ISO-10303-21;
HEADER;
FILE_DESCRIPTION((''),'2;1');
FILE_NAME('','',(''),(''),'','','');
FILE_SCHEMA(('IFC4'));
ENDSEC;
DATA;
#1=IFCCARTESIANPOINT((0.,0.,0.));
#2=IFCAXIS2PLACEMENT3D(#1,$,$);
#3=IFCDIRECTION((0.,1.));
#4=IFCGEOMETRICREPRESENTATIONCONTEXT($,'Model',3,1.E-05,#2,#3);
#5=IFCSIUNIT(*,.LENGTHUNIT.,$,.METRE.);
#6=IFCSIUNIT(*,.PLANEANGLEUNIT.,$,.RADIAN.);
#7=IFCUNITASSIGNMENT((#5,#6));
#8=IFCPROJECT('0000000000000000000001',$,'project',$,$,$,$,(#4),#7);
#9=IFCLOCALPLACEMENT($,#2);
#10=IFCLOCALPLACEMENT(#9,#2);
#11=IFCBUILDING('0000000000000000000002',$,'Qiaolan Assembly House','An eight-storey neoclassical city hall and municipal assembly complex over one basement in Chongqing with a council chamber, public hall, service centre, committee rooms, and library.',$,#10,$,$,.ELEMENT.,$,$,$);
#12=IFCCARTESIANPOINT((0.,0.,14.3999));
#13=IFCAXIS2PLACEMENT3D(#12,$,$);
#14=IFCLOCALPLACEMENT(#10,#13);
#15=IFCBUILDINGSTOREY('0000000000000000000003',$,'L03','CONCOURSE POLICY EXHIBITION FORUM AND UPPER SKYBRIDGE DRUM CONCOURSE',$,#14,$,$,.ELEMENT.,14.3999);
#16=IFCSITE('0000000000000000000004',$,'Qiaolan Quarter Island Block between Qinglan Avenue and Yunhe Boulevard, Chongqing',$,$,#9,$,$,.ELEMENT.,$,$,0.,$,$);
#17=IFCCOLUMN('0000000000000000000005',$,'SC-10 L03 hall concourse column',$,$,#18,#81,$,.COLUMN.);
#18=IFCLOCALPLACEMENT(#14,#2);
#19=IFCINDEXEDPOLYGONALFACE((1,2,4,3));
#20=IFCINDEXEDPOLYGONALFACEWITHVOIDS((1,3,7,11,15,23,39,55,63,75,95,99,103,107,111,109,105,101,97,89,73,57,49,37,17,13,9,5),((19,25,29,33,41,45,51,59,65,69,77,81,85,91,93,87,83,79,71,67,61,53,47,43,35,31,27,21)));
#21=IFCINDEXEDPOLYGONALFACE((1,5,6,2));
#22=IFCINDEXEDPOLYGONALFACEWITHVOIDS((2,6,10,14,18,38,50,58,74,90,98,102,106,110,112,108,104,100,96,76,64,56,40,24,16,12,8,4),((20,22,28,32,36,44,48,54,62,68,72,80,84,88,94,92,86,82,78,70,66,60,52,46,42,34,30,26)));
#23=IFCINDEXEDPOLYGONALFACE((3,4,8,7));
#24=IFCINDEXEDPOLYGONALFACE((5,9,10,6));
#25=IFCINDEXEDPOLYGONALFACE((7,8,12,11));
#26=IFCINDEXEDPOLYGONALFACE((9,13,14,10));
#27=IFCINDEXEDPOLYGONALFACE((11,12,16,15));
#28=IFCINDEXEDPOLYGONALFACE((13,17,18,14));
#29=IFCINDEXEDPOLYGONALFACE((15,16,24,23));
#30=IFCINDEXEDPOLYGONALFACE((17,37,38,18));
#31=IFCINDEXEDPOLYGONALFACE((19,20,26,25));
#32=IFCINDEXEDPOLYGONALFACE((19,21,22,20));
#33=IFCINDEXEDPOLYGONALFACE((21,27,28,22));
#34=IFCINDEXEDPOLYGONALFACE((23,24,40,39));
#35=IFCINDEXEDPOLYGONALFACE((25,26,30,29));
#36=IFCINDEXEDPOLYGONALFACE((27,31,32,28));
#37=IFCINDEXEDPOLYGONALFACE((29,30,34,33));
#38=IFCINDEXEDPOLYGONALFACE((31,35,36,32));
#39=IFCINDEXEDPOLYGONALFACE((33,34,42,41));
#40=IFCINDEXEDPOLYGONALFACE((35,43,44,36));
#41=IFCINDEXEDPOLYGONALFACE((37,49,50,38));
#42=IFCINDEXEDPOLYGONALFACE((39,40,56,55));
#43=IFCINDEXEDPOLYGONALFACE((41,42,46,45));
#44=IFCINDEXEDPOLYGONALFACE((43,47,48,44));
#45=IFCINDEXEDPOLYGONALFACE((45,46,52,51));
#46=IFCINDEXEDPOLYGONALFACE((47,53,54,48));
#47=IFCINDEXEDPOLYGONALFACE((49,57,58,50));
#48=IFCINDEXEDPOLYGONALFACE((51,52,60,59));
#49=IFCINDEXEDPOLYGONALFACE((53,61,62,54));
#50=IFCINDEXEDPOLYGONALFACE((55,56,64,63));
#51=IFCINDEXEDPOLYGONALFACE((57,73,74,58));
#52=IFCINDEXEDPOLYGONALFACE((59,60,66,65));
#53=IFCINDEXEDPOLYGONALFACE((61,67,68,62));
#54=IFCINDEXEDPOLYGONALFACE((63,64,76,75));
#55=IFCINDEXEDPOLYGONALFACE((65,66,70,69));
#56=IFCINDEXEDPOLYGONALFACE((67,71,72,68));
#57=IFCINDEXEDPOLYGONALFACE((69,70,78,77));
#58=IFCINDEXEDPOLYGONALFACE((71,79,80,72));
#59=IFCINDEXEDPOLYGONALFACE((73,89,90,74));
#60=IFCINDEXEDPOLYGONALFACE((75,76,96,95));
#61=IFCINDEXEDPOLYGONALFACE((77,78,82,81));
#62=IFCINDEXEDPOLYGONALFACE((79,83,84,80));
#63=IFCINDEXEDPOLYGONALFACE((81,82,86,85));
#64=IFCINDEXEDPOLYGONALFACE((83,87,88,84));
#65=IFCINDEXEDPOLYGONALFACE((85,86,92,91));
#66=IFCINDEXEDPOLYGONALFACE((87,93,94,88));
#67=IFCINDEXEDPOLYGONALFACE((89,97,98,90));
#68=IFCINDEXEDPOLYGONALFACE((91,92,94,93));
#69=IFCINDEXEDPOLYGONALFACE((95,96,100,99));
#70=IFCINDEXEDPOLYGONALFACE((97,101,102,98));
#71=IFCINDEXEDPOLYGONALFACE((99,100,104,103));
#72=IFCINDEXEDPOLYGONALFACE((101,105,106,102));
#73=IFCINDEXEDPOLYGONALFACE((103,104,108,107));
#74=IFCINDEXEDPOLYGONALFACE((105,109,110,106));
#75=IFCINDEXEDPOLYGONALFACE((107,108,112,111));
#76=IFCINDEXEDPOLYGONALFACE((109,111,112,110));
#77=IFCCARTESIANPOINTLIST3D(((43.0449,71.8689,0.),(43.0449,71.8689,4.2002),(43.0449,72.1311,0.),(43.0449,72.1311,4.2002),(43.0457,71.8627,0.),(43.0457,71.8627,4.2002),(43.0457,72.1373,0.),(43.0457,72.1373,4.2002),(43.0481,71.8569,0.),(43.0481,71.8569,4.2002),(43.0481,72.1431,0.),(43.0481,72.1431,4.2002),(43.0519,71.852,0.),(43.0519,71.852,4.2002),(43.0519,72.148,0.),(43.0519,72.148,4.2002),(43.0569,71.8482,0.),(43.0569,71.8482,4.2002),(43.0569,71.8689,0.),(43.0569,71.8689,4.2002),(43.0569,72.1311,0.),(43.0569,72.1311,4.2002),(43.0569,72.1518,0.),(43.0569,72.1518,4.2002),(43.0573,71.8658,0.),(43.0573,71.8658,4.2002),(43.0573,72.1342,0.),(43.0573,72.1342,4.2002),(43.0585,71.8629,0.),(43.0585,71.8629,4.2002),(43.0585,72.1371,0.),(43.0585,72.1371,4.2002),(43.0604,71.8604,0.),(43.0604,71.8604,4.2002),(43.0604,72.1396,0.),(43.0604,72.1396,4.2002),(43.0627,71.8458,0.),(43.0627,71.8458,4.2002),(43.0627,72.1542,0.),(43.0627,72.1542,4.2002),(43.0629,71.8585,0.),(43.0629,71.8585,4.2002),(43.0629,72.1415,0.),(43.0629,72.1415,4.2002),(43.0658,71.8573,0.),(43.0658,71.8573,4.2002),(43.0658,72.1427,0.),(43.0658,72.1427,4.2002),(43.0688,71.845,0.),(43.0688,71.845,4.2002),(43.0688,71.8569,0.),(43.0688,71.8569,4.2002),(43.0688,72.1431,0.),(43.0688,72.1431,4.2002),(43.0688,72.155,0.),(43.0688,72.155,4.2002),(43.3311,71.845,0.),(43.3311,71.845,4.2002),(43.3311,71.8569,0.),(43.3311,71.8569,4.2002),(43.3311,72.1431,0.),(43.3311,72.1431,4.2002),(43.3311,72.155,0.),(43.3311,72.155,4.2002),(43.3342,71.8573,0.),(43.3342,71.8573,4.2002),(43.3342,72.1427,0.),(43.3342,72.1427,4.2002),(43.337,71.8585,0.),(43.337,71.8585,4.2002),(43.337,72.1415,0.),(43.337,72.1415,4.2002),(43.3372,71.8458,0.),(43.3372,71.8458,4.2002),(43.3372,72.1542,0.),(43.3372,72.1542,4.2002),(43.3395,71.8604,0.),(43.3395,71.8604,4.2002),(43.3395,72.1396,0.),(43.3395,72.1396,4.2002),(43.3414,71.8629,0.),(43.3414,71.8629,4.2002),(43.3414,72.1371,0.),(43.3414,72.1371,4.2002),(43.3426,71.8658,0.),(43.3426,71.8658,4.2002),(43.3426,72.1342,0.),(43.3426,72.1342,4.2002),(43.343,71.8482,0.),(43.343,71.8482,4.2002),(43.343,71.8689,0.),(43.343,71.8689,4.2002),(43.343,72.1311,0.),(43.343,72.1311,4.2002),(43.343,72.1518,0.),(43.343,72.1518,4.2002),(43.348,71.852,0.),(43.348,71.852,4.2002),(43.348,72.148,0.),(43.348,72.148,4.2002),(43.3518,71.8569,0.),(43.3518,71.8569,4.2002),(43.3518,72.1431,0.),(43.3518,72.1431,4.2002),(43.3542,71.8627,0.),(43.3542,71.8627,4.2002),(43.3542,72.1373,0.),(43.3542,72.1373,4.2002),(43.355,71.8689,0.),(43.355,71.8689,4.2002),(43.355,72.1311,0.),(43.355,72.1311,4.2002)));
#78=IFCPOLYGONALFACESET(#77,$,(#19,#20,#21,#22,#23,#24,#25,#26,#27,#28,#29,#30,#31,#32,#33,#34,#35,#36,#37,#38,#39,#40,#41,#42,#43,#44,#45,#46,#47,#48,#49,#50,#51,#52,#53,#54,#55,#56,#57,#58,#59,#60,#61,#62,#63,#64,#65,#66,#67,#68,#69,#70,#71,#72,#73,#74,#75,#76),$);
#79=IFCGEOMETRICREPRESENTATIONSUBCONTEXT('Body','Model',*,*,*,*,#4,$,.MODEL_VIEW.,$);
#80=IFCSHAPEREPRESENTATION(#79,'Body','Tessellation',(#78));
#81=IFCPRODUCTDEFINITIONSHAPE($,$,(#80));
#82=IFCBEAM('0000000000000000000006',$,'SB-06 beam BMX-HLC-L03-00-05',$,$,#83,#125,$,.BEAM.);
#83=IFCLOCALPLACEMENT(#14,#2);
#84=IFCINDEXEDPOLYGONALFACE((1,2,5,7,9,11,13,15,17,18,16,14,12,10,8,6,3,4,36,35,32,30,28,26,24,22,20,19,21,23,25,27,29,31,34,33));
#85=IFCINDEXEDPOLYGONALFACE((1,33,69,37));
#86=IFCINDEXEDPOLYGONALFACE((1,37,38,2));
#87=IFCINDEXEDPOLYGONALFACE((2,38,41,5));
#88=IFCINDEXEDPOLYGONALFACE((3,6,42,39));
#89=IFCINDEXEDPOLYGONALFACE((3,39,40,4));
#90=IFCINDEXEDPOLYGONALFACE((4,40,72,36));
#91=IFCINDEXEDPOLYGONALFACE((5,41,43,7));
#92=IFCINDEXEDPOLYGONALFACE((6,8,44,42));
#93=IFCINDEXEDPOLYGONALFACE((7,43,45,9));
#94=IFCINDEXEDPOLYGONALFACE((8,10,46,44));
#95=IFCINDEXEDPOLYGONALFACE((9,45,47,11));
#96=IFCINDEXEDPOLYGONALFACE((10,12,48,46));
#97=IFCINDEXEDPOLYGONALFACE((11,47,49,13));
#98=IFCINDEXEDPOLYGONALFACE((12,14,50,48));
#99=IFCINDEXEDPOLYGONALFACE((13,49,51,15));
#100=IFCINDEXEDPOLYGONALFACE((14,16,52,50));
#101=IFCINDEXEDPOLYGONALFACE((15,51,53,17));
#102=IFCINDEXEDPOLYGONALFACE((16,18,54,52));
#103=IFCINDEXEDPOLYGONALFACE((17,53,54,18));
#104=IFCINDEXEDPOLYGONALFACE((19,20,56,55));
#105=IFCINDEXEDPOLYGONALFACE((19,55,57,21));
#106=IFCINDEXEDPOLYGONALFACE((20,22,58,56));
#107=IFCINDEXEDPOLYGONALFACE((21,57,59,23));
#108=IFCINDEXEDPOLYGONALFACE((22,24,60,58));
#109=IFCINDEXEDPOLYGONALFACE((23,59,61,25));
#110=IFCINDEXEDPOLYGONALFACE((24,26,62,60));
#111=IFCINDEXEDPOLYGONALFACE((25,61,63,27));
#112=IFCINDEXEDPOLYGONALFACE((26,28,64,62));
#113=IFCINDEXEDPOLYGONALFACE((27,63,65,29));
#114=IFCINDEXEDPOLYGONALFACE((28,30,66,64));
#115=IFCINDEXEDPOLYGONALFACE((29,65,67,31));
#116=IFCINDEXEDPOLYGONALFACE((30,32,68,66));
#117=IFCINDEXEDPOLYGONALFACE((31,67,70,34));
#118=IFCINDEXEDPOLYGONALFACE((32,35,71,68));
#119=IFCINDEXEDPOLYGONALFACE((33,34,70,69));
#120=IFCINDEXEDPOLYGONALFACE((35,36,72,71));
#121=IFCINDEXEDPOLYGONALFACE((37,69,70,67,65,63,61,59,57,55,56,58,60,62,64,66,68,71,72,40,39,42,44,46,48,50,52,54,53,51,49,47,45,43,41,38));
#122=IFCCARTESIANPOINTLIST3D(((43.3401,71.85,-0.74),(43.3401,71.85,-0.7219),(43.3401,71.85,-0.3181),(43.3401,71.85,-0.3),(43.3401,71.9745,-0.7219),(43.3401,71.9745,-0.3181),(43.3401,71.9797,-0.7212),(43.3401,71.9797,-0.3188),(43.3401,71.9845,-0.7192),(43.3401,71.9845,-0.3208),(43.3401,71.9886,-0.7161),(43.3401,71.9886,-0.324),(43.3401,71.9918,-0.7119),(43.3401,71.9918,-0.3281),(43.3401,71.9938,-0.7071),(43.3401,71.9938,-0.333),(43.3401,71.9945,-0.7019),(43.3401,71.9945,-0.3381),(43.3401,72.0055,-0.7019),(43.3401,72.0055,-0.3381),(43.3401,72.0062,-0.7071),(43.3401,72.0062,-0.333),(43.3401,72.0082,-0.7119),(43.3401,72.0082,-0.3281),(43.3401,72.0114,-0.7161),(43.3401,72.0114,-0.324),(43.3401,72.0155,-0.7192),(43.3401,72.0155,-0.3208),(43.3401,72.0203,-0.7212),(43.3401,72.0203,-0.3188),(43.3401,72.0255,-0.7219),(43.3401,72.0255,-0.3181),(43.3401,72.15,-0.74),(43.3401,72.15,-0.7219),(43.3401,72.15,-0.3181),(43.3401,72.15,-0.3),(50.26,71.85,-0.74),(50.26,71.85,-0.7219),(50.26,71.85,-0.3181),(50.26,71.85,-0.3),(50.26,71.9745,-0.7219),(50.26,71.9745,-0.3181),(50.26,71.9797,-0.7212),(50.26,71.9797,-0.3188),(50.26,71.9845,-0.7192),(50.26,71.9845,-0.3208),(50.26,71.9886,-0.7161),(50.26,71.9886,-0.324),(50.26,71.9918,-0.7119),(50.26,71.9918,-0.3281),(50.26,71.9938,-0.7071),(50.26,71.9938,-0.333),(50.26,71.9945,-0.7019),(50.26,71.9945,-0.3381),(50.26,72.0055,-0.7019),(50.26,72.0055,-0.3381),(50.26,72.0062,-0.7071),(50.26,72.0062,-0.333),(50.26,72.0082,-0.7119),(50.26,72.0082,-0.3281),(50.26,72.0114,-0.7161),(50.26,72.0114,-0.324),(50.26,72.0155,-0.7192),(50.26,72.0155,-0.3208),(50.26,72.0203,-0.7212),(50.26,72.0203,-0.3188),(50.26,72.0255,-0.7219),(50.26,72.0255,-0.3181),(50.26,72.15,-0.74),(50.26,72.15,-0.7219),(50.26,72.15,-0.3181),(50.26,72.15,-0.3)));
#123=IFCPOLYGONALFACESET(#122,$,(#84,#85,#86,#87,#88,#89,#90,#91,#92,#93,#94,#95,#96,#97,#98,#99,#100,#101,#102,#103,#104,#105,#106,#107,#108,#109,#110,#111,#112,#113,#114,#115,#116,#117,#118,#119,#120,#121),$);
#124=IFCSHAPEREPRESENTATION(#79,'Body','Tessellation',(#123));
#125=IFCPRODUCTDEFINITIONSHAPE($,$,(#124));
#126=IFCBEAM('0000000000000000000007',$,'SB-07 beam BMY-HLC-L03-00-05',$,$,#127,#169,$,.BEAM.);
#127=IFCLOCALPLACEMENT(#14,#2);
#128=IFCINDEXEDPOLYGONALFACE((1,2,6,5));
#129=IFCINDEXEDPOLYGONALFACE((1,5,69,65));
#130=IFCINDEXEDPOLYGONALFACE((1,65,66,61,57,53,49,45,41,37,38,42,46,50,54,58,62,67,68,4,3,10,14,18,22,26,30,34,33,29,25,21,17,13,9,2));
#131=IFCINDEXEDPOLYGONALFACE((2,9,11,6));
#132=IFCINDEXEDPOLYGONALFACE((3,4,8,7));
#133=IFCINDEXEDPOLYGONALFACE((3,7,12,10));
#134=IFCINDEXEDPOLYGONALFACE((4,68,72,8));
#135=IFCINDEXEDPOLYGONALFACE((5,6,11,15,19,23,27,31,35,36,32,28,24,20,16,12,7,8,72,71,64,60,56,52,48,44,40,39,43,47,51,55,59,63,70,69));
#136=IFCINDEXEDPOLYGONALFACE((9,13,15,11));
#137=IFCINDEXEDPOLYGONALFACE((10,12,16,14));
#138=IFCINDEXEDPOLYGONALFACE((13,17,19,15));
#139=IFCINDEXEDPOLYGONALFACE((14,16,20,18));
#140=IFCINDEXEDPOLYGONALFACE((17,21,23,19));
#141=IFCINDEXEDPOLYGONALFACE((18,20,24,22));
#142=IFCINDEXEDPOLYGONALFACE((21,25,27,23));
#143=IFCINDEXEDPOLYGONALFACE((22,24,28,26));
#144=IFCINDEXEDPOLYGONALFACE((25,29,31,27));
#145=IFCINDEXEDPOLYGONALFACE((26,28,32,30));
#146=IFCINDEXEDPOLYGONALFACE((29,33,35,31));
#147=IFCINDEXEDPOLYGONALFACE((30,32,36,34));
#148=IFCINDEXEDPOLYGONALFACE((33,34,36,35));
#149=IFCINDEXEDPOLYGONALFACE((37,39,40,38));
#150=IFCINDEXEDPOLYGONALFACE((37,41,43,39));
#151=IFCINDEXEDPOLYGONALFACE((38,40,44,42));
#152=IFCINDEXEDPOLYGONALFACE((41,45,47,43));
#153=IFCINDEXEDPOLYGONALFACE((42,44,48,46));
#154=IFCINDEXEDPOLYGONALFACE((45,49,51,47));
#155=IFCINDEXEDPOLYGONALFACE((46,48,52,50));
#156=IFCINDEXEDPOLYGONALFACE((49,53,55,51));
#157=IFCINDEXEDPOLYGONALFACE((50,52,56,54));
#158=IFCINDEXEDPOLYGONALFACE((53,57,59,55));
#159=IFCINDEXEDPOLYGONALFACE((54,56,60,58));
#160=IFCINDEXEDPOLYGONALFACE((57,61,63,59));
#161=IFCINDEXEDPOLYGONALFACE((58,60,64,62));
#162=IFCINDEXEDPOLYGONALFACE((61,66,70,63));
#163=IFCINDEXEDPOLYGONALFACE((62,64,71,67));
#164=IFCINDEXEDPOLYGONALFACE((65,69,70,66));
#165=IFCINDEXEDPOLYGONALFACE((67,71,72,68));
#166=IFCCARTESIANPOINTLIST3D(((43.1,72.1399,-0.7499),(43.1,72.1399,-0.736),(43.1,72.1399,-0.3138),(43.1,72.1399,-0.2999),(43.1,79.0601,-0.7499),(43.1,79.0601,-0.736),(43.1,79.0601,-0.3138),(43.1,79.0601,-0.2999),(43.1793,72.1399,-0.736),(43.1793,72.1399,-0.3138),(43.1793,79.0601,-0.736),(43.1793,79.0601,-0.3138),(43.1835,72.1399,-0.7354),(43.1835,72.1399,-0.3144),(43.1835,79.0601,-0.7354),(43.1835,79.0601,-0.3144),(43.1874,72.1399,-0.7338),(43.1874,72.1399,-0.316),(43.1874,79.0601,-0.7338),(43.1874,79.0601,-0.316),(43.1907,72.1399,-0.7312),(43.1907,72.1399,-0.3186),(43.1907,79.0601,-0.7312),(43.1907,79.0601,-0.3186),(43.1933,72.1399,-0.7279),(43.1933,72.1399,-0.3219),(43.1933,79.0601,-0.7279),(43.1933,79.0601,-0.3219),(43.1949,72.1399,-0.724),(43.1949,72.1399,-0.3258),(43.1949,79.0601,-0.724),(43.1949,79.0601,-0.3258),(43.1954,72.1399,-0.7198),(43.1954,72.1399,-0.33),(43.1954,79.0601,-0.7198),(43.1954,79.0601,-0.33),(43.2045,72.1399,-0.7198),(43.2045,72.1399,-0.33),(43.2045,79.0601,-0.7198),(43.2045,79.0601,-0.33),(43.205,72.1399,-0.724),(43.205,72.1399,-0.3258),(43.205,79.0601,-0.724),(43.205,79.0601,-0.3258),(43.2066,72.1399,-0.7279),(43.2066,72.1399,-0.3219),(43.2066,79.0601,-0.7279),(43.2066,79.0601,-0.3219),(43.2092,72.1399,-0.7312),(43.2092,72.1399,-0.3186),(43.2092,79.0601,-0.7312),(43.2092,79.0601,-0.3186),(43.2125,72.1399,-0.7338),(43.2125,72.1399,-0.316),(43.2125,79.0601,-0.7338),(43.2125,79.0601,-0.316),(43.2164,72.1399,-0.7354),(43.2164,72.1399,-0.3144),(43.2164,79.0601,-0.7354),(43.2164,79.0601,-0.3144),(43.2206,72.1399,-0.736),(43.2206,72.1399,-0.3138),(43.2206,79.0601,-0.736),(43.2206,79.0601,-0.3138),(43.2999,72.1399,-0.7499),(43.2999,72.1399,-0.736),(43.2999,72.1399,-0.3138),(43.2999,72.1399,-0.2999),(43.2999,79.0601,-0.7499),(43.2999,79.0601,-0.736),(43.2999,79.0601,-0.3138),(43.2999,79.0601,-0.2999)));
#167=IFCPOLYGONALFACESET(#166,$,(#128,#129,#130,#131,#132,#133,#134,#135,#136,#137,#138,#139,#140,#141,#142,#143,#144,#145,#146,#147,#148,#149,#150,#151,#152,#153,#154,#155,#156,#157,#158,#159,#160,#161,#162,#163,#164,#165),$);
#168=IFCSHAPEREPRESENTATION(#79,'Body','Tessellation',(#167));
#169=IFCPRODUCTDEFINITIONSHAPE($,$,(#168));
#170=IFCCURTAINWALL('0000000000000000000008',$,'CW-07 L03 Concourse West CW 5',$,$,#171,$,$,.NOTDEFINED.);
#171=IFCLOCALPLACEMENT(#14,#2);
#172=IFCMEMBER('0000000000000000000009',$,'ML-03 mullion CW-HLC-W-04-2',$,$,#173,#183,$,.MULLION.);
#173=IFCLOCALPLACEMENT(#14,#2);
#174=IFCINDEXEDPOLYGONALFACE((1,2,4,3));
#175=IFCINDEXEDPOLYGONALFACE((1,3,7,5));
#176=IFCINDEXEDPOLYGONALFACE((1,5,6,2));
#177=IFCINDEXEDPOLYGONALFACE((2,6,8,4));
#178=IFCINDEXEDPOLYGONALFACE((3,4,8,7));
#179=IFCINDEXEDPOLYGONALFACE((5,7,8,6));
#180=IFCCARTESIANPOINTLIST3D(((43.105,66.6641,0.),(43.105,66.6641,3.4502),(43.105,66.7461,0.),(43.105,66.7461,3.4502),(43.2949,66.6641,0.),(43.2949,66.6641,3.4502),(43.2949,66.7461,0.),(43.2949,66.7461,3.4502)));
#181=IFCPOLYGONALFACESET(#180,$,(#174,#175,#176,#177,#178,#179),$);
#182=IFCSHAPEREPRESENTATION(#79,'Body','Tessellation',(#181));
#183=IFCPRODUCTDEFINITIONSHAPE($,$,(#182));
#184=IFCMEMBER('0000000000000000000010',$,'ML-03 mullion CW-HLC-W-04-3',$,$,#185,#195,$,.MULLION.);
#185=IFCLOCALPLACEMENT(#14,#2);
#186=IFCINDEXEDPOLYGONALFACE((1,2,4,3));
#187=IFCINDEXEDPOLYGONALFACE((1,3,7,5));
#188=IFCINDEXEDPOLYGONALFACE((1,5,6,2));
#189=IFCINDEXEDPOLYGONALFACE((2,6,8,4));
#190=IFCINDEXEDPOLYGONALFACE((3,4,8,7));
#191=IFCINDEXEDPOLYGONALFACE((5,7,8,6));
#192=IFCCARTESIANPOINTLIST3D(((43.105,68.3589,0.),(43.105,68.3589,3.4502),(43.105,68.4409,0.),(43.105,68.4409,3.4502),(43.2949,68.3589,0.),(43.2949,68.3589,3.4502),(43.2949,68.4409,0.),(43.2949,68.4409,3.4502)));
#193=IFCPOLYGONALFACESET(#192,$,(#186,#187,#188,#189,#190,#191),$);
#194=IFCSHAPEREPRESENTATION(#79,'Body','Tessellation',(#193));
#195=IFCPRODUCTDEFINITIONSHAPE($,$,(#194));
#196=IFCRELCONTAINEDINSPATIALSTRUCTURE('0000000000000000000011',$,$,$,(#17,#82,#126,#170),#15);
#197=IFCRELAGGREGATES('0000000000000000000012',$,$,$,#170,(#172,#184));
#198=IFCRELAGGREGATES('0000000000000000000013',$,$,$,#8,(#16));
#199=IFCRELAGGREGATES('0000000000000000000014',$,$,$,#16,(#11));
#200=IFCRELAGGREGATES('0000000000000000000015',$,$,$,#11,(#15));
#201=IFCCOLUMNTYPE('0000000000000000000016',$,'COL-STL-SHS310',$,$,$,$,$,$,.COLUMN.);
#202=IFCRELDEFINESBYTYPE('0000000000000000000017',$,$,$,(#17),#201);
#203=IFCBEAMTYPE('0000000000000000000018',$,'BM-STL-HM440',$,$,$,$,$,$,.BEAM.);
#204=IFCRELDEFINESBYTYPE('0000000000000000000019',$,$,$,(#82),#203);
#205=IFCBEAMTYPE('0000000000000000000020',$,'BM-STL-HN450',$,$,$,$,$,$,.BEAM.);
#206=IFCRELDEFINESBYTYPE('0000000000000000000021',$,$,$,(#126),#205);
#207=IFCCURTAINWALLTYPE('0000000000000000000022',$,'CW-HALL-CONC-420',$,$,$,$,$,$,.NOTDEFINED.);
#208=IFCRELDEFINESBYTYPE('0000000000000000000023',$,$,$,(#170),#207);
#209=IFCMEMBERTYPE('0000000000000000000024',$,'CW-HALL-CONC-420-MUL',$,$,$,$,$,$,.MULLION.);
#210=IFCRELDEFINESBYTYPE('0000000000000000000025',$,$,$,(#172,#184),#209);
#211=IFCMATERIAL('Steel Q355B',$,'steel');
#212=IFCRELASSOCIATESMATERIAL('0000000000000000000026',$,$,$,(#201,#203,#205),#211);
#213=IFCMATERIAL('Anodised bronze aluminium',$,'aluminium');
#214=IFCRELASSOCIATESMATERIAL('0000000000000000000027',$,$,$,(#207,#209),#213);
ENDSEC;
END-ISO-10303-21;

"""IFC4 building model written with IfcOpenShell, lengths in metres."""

from ifc_helpers import new_model, si_unit, direction, frame, origin, origin_2d, place, context, subcontext, project, spatial, rectangle, hollow_rectangle, i_section, extrude, material, material_profile, profile_set, type_object, element, aggregate, save


model = new_model("IFC4")

# Units and contexts
model_context = context("Model", 3, precision=1e-05, world=origin(), true_north=direction((0.0, 1.0)))
body_context = subcontext(model_context, "Body", "Model", "MODEL_VIEW")
ifc_project = project(units=[si_unit("LENGTHUNIT", "METRE"), si_unit("PLANEANGLEUNIT", "RADIAN")], contexts=[model_context])

# Site, building, storey
site_placement = place(None, origin())
site = spatial("IfcSite", under=ifc_project, at=site_placement, Name="Qiaolan Quarter Island Block between Qinglan Avenue and Yunhe Boulevard, Chongqing", CompositionType="ELEMENT", RefElevation=0.0)
building_placement = place(site_placement, origin())
building = spatial("IfcBuilding", under=site, at=building_placement, Name="Qiaolan Assembly House", Description="An eight-storey neoclassical city hall and municipal assembly complex over one basement in Chongqing with a council chamber, public hall, service centre, committee rooms, and library.", CompositionType="ELEMENT")
storey_placement = place(building_placement, frame((0.0, 0.0, 14.3999)))
storey = spatial("IfcBuildingStorey", under=building, at=storey_placement, Name="L03", Description="CONCOURSE POLICY EXHIBITION FORUM AND UPPER SKYBRIDGE DRUM CONCOURSE", CompositionType="ELEMENT", Elevation=14.3999)

# Column
ifc_material_1 = material(Name="Steel Q355B", Category="steel")
ifc_material_profile_1 = material_profile(ifc_material_1, hollow_rectangle(XDim=0.3101, YDim=0.3101, WallThickness=0.012, InnerFilletRadius=0.012, OuterFilletRadius=0.0239, at=origin_2d()), Name="SHS 310x310x12")
ifc_profile_set_1 = profile_set([ifc_material_profile_1], Name="Steel Q355B")
column_type = type_object("IfcColumnType", Name="COL-STL-SHS310", PredefinedType="COLUMN", material=ifc_profile_set_1)
column_placement = place(storey_placement, frame((43.2, 72.0, 0.0), z_axis=(0.0, 0.0, 1.0), x_axis=(1.0, 0.0, 0.0)))
element("IfcColumn", 1, at=column_placement, inside=storey, type_object=column_type, Name="SC-10 L03 hall concourse column", PredefinedType="COLUMN", context=body_context, shape_type="SweptSolid", body=[
    extrude(hollow_rectangle(XDim=0.3101, YDim=0.3101, WallThickness=0.012, InnerFilletRadius=0.012, OuterFilletRadius=0.0239, at=origin_2d()), origin(), (0.0, 0.0, 1.0), 4.2002),
])

# Beams
ifc_material_profile_2 = material_profile(ifc_material_1, i_section(OverallWidth=0.3, OverallDepth=0.4399, WebThickness=0.011, FlangeThickness=0.0181, FilletRadius=0.02, at=origin_2d()), Name="HM 440x300x11x18")
ifc_profile_set_2 = profile_set([ifc_material_profile_2], Name="Steel Q355B")
beam_type_1 = type_object("IfcBeamType", Name="BM-STL-HM440", PredefinedType="BEAM", material=ifc_profile_set_2)
beam_1_placement = place(storey_placement, frame((43.3401, 72.0, -0.52), z_axis=(1.0, 0.0, 0.0), x_axis=(0.0, 1.0, 0.0)))
element("IfcBeam", 2, at=beam_1_placement, inside=storey, type_object=beam_type_1, Name="SB-06 beam BMX-HLC-L03-00-05", PredefinedType="BEAM", context=body_context, shape_type="SweptSolid", body=[
    extrude(i_section(OverallWidth=0.3, OverallDepth=0.4399, WebThickness=0.011, FlangeThickness=0.0181, FilletRadius=0.02, at=origin_2d()), origin(), (0.0, 0.0, 1.0), 6.9199),
])
ifc_material_profile_3 = material_profile(ifc_material_1, i_section(OverallWidth=0.2, OverallDepth=0.45, WebThickness=0.009, FlangeThickness=0.0139, FilletRadius=0.0161, at=origin_2d()), Name="HN 450x200x9x14")
ifc_profile_set_3 = profile_set([ifc_material_profile_3], Name="Steel Q355B")
beam_type_2 = type_object("IfcBeamType", Name="BM-STL-HN450", PredefinedType="BEAM", material=ifc_profile_set_3)
beam_2_placement = place(storey_placement, frame((43.2, 72.1399, -0.5249), z_axis=(0.0, 1.0, 0.0), x_axis=(-1.0, 0.0, 0.0)))
element("IfcBeam", 3, at=beam_2_placement, inside=storey, type_object=beam_type_2, Name="SB-07 beam BMY-HLC-L03-00-05", PredefinedType="BEAM", context=body_context, shape_type="SweptSolid", body=[
    extrude(i_section(OverallWidth=0.2, OverallDepth=0.45, WebThickness=0.009, FlangeThickness=0.0139, FilletRadius=0.0161, at=origin_2d()), origin(), (0.0, 0.0, 1.0), 6.9202),
])

# Curtain wall, members
ifc_material_2 = material(Name="Anodised bronze aluminium", Category="aluminium")
curtain_wall_type = type_object("IfcCurtainWallType", Name="CW-HALL-CONC-420", PredefinedType="NOTDEFINED", material=ifc_material_2)
curtain_wall_1_placement = place(storey_placement, origin())
curtain_wall_1 = element("IfcCurtainWall", 4, at=curtain_wall_1_placement, inside=storey, type_object=curtain_wall_type, Name="CW-07 L03 Concourse West CW 5", PredefinedType="NOTDEFINED")
ifc_material_profile_4 = material_profile(ifc_material_2, rectangle(XDim=0.082, YDim=0.1899, at=origin_2d()), Name="MUL 82x190")
ifc_profile_set_4 = profile_set([ifc_material_profile_4], Name="Anodised bronze aluminium")
member_type_1 = type_object("IfcMemberType", Name="CW-HALL-CONC-420-MUL", PredefinedType="MULLION", material=ifc_profile_set_4)
member_1_placement = place(storey_placement, frame((43.2, 66.7051, 0.0), z_axis=(0.0, 0.0, 1.0), x_axis=(0.0, 1.0, 0.0)))
member_1 = element("IfcMember", 5, at=member_1_placement, type_object=member_type_1, Name="ML-03 mullion CW-HLC-W-04-2", PredefinedType="MULLION", context=body_context, shape_type="SweptSolid", body=[
    extrude(rectangle(XDim=0.082, YDim=0.1899, at=origin_2d()), origin(), (0.0, 0.0, 1.0), 3.4502),
])
member_2_placement = place(storey_placement, frame((43.2, 68.3999, 0.0), z_axis=(0.0, 0.0, 1.0), x_axis=(0.0, 1.0, 0.0)))
member_2 = element("IfcMember", 6, at=member_2_placement, type_object=member_type_1, Name="ML-03 mullion CW-HLC-W-04-3", PredefinedType="MULLION", context=body_context, shape_type="SweptSolid", body=[
    extrude(rectangle(XDim=0.082, YDim=0.1899, at=origin_2d()), origin(), (0.0, 0.0, 1.0), 3.4502),
])

aggregate(curtain_wall_1, [member_1, member_2])

save(model, "model.ifc")
